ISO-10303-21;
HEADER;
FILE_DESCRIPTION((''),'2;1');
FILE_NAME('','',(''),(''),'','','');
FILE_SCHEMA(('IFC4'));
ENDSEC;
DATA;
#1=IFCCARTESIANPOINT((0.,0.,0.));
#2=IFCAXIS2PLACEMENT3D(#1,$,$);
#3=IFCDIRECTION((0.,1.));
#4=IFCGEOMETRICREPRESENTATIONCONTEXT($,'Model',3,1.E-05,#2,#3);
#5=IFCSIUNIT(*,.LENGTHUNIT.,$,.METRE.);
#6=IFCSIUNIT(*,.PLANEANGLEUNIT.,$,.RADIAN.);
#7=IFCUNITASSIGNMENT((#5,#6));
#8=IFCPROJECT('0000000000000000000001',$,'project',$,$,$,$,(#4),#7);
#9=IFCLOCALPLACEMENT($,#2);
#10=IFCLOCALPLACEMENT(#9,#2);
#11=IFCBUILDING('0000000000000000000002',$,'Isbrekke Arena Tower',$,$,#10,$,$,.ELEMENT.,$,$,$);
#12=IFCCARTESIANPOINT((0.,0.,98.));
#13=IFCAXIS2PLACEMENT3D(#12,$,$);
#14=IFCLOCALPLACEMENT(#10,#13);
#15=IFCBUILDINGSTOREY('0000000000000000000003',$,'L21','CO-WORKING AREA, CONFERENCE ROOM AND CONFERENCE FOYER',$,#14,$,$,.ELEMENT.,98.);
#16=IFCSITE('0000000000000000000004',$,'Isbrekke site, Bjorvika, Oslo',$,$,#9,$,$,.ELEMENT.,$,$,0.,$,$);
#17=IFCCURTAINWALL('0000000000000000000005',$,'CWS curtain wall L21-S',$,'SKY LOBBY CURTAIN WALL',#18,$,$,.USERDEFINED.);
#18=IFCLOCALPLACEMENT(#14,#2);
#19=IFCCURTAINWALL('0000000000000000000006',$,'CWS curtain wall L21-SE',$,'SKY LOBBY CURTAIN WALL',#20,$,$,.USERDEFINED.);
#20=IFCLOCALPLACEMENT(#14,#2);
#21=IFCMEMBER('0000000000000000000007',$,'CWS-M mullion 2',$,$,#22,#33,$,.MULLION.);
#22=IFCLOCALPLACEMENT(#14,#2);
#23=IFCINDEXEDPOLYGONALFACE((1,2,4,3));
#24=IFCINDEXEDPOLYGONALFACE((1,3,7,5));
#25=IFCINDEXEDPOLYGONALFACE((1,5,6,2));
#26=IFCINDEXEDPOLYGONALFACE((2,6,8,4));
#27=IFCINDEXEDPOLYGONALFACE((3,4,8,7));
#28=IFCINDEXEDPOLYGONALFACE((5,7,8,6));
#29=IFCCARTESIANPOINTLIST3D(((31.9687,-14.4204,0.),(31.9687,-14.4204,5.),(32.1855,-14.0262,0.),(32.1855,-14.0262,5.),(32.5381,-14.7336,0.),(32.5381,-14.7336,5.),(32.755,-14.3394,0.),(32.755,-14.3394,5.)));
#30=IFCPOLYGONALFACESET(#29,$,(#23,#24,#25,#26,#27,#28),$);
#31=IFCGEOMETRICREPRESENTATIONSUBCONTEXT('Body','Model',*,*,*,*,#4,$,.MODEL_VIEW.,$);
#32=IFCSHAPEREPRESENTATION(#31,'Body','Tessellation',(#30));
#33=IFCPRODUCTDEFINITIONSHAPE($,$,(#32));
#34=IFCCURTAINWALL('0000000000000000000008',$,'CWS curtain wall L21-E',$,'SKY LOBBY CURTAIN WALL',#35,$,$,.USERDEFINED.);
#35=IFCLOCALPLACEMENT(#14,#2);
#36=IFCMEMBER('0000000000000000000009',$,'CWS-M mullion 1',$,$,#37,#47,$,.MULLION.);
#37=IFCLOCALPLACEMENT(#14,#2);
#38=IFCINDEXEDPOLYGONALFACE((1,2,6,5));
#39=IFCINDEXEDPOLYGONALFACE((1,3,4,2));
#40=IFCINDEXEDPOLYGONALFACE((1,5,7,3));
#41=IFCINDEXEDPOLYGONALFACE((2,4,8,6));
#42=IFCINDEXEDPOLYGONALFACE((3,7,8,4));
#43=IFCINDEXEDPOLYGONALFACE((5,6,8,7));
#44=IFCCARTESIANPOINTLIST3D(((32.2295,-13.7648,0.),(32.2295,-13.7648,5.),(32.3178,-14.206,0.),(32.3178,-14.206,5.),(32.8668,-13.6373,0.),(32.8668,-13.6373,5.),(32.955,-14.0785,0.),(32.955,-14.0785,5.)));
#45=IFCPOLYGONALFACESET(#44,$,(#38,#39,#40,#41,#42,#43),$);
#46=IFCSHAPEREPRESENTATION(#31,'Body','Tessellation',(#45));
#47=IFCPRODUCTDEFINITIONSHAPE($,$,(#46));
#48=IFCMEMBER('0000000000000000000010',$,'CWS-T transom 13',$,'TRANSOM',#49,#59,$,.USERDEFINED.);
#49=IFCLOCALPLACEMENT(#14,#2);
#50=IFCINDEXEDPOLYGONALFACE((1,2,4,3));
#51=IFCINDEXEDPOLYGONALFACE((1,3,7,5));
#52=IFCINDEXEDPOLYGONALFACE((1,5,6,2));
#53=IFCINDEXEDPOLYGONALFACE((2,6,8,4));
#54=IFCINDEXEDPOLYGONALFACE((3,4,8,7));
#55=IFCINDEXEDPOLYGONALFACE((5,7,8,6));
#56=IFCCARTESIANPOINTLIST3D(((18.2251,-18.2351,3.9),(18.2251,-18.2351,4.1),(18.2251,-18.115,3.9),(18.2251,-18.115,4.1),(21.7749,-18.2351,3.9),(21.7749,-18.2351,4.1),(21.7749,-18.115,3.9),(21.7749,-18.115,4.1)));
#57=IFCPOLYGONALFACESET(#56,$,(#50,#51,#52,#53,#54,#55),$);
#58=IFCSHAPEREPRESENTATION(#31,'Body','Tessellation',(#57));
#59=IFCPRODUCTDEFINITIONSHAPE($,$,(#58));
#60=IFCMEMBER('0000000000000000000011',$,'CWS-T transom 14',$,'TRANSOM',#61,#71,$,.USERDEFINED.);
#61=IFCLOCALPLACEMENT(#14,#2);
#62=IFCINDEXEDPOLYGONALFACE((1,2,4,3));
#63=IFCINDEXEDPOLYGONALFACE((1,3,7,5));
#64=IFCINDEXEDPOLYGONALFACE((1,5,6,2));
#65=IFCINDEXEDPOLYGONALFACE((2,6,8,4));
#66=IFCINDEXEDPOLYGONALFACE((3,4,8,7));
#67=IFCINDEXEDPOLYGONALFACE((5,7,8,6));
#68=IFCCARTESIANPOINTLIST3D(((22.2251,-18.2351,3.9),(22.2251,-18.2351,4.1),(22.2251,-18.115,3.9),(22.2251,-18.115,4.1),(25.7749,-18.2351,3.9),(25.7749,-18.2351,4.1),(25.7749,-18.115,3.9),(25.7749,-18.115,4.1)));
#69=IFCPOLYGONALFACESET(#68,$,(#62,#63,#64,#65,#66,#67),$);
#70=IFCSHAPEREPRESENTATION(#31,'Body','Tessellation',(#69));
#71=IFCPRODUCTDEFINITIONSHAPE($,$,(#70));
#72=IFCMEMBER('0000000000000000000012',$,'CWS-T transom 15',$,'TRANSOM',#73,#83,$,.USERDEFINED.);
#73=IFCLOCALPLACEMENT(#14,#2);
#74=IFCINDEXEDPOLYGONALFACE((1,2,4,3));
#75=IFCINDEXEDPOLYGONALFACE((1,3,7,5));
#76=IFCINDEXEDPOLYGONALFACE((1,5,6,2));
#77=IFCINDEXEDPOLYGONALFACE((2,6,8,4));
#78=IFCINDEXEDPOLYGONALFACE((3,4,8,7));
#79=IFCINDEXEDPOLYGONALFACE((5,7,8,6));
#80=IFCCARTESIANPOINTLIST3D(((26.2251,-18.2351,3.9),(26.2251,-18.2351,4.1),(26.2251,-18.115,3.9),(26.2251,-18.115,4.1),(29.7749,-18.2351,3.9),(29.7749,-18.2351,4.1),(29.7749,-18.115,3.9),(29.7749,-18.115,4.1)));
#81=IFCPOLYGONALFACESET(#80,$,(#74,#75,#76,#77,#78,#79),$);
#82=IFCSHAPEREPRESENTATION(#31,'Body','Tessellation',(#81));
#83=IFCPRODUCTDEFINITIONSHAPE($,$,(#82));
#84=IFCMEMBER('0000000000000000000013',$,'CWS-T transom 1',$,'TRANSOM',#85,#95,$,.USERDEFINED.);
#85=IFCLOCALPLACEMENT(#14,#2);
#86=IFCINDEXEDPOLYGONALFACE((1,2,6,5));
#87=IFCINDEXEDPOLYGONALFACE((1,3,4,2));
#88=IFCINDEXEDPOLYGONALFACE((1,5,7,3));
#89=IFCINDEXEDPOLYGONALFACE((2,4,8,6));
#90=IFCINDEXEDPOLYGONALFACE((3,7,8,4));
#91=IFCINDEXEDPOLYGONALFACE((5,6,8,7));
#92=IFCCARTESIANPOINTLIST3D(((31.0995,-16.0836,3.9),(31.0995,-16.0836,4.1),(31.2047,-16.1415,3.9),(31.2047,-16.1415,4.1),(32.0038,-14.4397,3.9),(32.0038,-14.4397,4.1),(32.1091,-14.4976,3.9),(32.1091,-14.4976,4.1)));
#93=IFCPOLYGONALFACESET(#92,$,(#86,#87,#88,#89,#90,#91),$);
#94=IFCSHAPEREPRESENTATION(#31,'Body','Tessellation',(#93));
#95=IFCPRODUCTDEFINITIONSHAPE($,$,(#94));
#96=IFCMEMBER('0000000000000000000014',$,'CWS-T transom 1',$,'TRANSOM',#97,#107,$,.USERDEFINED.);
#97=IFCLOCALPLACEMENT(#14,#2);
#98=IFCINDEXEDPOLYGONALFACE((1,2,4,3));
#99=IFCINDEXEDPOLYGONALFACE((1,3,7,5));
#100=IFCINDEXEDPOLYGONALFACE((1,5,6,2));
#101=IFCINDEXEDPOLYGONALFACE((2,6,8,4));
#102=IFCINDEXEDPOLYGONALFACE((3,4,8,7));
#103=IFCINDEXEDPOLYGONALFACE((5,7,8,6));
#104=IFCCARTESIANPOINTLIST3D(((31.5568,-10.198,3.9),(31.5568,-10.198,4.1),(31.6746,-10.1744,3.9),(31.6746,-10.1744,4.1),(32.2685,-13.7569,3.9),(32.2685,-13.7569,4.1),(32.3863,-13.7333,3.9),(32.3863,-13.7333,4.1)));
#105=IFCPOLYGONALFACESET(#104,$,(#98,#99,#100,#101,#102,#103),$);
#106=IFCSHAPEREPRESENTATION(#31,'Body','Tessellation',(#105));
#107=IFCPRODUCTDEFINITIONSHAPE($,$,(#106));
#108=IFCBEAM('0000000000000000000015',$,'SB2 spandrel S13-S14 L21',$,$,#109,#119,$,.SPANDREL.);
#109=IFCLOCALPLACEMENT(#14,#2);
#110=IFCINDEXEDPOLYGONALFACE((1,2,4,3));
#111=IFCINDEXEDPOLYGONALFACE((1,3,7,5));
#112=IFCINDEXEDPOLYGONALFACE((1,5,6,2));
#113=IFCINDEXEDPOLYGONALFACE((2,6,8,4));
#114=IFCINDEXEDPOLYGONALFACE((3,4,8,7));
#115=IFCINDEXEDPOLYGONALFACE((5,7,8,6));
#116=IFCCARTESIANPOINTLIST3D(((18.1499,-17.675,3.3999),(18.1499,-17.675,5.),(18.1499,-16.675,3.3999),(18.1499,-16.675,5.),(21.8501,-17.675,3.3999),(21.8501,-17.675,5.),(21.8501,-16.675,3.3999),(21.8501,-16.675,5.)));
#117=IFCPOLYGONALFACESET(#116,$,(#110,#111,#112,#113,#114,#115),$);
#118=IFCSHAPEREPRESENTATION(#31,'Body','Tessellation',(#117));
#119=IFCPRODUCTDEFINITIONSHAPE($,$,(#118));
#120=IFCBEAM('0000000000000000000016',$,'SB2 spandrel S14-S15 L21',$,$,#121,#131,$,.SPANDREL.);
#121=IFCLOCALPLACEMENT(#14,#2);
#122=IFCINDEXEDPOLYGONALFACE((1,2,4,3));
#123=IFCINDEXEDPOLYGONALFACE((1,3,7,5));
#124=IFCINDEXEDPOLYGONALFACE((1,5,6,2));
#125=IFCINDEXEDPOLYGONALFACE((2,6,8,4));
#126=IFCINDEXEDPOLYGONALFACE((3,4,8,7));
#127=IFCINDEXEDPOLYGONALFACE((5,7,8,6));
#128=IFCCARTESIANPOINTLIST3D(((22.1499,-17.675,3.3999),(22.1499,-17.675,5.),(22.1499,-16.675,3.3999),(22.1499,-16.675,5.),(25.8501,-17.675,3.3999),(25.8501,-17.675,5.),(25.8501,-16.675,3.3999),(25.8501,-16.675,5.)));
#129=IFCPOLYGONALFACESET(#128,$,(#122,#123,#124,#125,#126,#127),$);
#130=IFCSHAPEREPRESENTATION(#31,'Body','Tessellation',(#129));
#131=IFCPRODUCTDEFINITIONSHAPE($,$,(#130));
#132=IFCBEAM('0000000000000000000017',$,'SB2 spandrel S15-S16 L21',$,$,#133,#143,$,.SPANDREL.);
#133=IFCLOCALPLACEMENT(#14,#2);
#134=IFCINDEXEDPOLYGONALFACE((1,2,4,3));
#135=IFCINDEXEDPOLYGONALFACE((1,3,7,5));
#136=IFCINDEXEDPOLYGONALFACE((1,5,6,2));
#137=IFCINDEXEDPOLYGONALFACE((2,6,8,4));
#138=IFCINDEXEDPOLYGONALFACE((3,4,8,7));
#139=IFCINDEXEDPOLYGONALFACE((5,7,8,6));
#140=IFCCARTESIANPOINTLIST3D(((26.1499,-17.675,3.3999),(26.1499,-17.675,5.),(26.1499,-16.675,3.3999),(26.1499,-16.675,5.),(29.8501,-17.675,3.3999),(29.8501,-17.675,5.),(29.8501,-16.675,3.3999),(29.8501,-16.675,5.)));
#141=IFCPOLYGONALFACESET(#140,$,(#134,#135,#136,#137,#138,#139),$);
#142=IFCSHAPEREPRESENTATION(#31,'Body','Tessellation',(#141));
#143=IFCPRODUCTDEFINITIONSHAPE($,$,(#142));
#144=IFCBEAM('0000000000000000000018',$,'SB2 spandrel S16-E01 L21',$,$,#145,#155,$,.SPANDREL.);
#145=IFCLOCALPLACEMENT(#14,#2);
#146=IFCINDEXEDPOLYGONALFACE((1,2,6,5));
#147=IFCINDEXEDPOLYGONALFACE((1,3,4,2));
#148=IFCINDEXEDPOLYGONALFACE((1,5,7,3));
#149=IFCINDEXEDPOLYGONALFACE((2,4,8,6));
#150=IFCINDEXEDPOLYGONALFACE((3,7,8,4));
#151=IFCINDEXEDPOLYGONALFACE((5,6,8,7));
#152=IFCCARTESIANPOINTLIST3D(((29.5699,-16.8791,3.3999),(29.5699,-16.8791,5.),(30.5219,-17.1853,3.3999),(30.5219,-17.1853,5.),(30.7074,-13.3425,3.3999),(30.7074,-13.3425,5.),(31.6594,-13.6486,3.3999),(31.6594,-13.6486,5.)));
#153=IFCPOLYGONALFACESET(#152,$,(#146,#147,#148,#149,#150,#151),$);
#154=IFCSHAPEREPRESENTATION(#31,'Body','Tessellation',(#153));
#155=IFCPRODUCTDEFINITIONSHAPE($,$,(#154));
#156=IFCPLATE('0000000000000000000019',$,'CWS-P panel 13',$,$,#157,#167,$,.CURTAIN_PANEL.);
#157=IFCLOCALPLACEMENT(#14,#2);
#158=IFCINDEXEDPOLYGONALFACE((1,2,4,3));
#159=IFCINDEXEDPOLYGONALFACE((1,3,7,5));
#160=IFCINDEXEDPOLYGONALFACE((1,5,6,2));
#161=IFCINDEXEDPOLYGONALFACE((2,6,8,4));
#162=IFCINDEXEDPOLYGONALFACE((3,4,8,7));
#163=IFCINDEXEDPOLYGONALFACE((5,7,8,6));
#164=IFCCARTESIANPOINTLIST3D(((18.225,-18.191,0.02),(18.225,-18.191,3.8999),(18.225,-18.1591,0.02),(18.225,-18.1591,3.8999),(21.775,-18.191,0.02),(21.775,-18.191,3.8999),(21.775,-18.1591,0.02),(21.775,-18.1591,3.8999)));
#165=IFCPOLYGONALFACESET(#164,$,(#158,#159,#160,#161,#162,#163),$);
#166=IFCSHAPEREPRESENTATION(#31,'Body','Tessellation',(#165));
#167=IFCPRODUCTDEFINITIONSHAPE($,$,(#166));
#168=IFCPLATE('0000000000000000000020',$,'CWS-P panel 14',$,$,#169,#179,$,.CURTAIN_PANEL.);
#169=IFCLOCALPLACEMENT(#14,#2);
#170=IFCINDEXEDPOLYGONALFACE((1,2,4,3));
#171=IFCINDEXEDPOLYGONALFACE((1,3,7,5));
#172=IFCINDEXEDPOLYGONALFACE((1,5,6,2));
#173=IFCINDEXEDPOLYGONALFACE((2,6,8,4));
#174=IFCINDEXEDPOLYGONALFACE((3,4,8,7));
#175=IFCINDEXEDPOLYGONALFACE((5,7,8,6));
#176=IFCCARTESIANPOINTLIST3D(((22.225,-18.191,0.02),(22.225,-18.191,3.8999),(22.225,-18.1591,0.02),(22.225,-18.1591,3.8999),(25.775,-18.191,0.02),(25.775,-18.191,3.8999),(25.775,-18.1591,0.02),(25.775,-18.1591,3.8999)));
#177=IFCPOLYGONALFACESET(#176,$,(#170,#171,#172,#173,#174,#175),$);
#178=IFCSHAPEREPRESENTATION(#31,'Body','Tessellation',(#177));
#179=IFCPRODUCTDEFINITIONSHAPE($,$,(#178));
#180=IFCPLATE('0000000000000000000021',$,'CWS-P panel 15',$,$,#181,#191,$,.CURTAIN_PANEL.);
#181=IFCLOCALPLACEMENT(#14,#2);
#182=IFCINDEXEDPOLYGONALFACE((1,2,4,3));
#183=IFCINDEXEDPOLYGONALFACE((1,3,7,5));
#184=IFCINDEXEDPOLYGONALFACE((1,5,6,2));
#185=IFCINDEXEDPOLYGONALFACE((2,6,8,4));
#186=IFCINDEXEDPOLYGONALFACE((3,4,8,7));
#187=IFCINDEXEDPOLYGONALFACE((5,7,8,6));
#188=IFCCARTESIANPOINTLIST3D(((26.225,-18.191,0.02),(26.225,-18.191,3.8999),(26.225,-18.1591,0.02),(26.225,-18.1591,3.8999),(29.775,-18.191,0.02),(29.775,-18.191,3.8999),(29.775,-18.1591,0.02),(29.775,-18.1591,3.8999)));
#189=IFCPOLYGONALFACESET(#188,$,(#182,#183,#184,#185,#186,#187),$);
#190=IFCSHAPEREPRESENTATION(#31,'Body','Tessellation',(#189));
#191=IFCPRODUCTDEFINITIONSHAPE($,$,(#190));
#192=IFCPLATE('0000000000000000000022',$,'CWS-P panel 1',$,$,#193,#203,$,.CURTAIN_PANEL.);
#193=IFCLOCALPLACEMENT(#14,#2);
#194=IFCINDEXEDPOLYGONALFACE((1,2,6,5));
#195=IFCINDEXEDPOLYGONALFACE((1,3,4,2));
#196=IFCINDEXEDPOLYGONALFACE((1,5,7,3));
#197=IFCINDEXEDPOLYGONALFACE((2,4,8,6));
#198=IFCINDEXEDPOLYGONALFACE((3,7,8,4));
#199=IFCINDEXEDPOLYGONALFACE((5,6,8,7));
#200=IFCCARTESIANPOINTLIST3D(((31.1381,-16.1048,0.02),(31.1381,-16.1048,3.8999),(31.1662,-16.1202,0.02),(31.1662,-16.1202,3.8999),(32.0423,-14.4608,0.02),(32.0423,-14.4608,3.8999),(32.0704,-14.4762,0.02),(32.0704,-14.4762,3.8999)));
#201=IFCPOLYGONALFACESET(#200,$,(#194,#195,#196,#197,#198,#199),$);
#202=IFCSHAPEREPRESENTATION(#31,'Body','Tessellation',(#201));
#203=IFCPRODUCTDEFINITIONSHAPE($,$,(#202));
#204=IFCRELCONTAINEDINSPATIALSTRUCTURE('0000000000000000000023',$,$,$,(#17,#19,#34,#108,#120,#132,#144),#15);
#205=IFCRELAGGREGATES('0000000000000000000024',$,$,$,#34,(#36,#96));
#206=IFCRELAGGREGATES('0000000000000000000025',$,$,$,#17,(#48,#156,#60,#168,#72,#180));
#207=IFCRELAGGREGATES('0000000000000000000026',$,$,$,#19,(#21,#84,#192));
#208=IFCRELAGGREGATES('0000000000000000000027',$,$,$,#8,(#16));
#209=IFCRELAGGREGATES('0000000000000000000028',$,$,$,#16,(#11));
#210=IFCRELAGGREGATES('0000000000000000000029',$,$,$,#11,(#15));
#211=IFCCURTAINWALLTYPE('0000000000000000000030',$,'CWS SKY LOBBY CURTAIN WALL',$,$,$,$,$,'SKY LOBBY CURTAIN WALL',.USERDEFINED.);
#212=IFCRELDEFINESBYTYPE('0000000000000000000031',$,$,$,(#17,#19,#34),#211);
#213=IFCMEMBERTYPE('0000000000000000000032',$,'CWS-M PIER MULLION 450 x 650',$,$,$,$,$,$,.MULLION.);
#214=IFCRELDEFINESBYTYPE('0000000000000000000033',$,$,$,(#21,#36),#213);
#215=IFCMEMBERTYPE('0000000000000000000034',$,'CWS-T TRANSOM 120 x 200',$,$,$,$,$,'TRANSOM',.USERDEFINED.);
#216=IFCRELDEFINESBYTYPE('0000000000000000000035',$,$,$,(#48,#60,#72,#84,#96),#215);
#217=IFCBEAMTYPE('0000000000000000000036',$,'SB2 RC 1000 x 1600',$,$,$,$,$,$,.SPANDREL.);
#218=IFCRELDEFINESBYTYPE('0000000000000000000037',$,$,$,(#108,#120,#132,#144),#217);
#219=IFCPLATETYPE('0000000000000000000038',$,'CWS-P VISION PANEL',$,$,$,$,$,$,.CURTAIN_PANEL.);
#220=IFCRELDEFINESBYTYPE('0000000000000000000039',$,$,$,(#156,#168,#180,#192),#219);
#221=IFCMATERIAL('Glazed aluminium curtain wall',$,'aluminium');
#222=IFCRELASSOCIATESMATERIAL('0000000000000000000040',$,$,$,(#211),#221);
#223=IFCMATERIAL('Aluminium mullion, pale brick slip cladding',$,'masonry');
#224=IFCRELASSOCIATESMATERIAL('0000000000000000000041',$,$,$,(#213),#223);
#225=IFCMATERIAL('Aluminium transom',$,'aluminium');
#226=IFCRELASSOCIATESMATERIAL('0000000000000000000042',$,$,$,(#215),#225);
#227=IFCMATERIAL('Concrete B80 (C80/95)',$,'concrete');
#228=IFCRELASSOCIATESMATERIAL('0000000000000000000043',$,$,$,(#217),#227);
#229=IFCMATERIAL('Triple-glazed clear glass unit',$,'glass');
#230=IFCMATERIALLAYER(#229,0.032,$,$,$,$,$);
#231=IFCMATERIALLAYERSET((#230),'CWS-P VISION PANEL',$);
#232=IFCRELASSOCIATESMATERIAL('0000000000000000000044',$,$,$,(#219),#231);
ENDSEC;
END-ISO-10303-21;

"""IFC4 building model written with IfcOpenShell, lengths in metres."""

from ifc_helpers import new_model, si_unit, direction, frame, origin, origin_2d, place, context, subcontext, project, spatial, rectangle, extrude, material, layer, layer_set, material_profile, profile_set, type_object, element, aggregate, save


model = new_model("IFC4")

# Units and contexts
model_context = context("Model", 3, precision=1e-05, world=origin(), true_north=direction((0.0, 1.0)))
body_context = subcontext(model_context, "Body", "Model", "MODEL_VIEW")
ifc_project = project(units=[si_unit("LENGTHUNIT", "METRE"), si_unit("PLANEANGLEUNIT", "RADIAN")], contexts=[model_context])

# Site, building, storey
site_placement = place(None, origin())
site = spatial("IfcSite", under=ifc_project, at=site_placement, Name="Isbrekke site, Bjorvika, Oslo", CompositionType="ELEMENT", RefElevation=0.0)
building_placement = place(site_placement, origin())
building = spatial("IfcBuilding", under=site, at=building_placement, Name="Isbrekke Arena Tower", CompositionType="ELEMENT")
storey_placement = place(building_placement, frame((0.0, 0.0, 98.0)))
storey = spatial("IfcBuildingStorey", under=building, at=storey_placement, Name="L21", Description="CO-WORKING AREA, CONFERENCE ROOM AND CONFERENCE FOYER", CompositionType="ELEMENT", Elevation=98.0)

# Curtain walls, member
ifc_material_1 = material(Name="Glazed aluminium curtain wall", Category="aluminium")
curtain_wall_type = type_object("IfcCurtainWallType", Name="CWS SKY LOBBY CURTAIN WALL", ElementType="SKY LOBBY CURTAIN WALL", PredefinedType="USERDEFINED", material=ifc_material_1)
curtain_wall_1_placement = place(storey_placement, origin())
curtain_wall_1 = element("IfcCurtainWall", 1, at=curtain_wall_1_placement, inside=storey, type_object=curtain_wall_type, Name="CWS curtain wall L21-S", ObjectType="SKY LOBBY CURTAIN WALL", PredefinedType="USERDEFINED")
ifc_material_2 = material(Name="Aluminium mullion, pale brick slip cladding", Category="masonry")
ifc_material_profile_1 = material_profile(ifc_material_2, rectangle(XDim=0.45, YDim=0.6499, at=origin_2d()), Name="PIER 450X650")
ifc_profile_set_1 = profile_set([ifc_material_profile_1], Name="Aluminium mullion, pale brick slip cladding")
member_type_1 = type_object("IfcMemberType", Name="CWS-M PIER MULLION 450 x 650", PredefinedType="MULLION", material=ifc_profile_set_1)
curtain_wall_2_placement = place(storey_placement, origin())
curtain_wall_2 = element("IfcCurtainWall", 2, at=curtain_wall_2_placement, inside=storey, type_object=curtain_wall_type, Name="CWS curtain wall L21-SE", ObjectType="SKY LOBBY CURTAIN WALL", PredefinedType="USERDEFINED")
member_1_placement = place(storey_placement, frame((32.3618, -14.3799, 0.0), z_axis=(0.0, 0.0, 1.0), x_axis=(0.481919, 0.876216, 0.0)))
member_1 = element("IfcMember", 3, at=member_1_placement, type_object=member_type_1, Name="CWS-M mullion 2", PredefinedType="MULLION", context=body_context, shape_type="SweptSolid", body=[
    extrude(rectangle(XDim=0.45, YDim=0.6499, at=origin_2d()), origin(), (0.0, 0.0, 1.0), 5.0),
])

# Curtain wall, member
curtain_wall_3_placement = place(storey_placement, origin())
curtain_wall_3 = element("IfcCurtainWall", 4, at=curtain_wall_3_placement, inside=storey, type_object=curtain_wall_type, Name="CWS curtain wall L21-E", ObjectType="SKY LOBBY CURTAIN WALL", PredefinedType="USERDEFINED")
member_2_placement = place(storey_placement, frame((32.5923, -13.9216, 0.0), z_axis=(0.0, 0.0, 1.0), x_axis=(-0.196116, 0.980581, 0.0)))
member_2 = element("IfcMember", 5, at=member_2_placement, type_object=member_type_1, Name="CWS-M mullion 1", PredefinedType="MULLION", context=body_context, shape_type="SweptSolid", body=[
    extrude(rectangle(XDim=0.45, YDim=0.6499, at=origin_2d()), origin(), (0.0, 0.0, 1.0), 5.0),
])

# Members
ifc_material_3 = material(Name="Aluminium transom", Category="aluminium")
ifc_material_profile_2 = material_profile(ifc_material_3, rectangle(XDim=0.1201, YDim=0.2, at=origin_2d()), Name="TRANSOM 120X200")
ifc_profile_set_2 = profile_set([ifc_material_profile_2], Name="Aluminium transom")
member_type_2 = type_object("IfcMemberType", Name="CWS-T TRANSOM 120 x 200", ElementType="TRANSOM", PredefinedType="USERDEFINED", material=ifc_profile_set_2)
member_3_placement = place(storey_placement, frame((18.2251, -18.175, 4.0), z_axis=(1.0, 0.0, 0.0), x_axis=(0.0, 1.0, 0.0)))
member_3 = element("IfcMember", 6, at=member_3_placement, type_object=member_type_2, Name="CWS-T transom 13", ObjectType="TRANSOM", PredefinedType="USERDEFINED", context=body_context, shape_type="SweptSolid", body=[
    extrude(rectangle(XDim=0.1201, YDim=0.2, at=origin_2d()), origin(), (0.0, 0.0, 1.0), 3.5498),
])
member_4_placement = place(storey_placement, frame((22.2251, -18.175, 4.0), z_axis=(1.0, 0.0, 0.0), x_axis=(0.0, 1.0, 0.0)))
member_4 = element("IfcMember", 7, at=member_4_placement, type_object=member_type_2, Name="CWS-T transom 14", ObjectType="TRANSOM", PredefinedType="USERDEFINED", context=body_context, shape_type="SweptSolid", body=[
    extrude(rectangle(XDim=0.1201, YDim=0.2, at=origin_2d()), origin(), (0.0, 0.0, 1.0), 3.5498),
])
member_5_placement = place(storey_placement, frame((26.2251, -18.175, 4.0), z_axis=(1.0, 0.0, 0.0), x_axis=(0.0, 1.0, 0.0)))
member_5 = element("IfcMember", 8, at=member_5_placement, type_object=member_type_2, Name="CWS-T transom 15", ObjectType="TRANSOM", PredefinedType="USERDEFINED", context=body_context, shape_type="SweptSolid", body=[
    extrude(rectangle(XDim=0.1201, YDim=0.2, at=origin_2d()), origin(), (0.0, 0.0, 1.0), 3.5498),
])
member_6_placement = place(storey_placement, frame((31.1521, -16.1125, 4.0), z_axis=(0.482004, 0.876169, 0.0), x_axis=(-0.876169, 0.482004, 0.0)))
member_6 = element("IfcMember", 9, at=member_6_placement, type_object=member_type_2, Name="CWS-T transom 1", ObjectType="TRANSOM", PredefinedType="USERDEFINED", context=body_context, shape_type="SweptSolid", body=[
    extrude(rectangle(XDim=0.1201, YDim=0.2, at=origin_2d()), origin(), (0.0, 0.0, 1.0), 1.8762),
])
member_7_placement = place(storey_placement, frame((32.3274, -13.7451, 4.0), z_axis=(-0.19609, 0.980586, 0.0), x_axis=(-0.980586, -0.19609, 0.0)))
member_7 = element("IfcMember", 10, at=member_7_placement, type_object=member_type_2, Name="CWS-T transom 1", ObjectType="TRANSOM", PredefinedType="USERDEFINED", context=body_context, shape_type="SweptSolid", body=[
    extrude(rectangle(XDim=0.1201, YDim=0.2, at=origin_2d()), origin(), (0.0, 0.0, 1.0), 3.6294),
])
aggregate(curtain_wall_3, [member_2, member_7])

# Beams
ifc_material_4 = material(Name="Concrete B80 (C80/95)", Category="concrete")
ifc_material_profile_3 = material_profile(ifc_material_4, rectangle(XDim=1.0, YDim=1.6001, at=origin_2d()), Name="RC 1000x1600")
ifc_profile_set_3 = profile_set([ifc_material_profile_3], Name="Concrete B80 (C80/95)")
beam_type_1 = type_object("IfcBeamType", Name="SB2 RC 1000 x 1600", PredefinedType="SPANDREL", material=ifc_profile_set_3)
for number, where, z_axis, x_axis, name in (
    (11, (18.1499, -17.175, 4.2), (1.0, 0.0, 0.0), (0.0, 1.0, 0.0), "SB2 spandrel S13-S14 L21"),
    (12, (22.1499, -17.175, 4.2), (1.0, 0.0, 0.0), (0.0, 1.0, 0.0), "SB2 spandrel S14-S15 L21"),
    (13, (26.1499, -17.175, 4.2), (1.0, 0.0, 0.0), (0.0, 1.0, 0.0), "SB2 spandrel S15-S16 L21"),
):
    element("IfcBeam", number, at=place(storey_placement, frame(where, z_axis=z_axis, x_axis=x_axis)), inside=storey, type_object=beam_type_1, Name=name, PredefinedType="SPANDREL", context=body_context, shape_type="SweptSolid", body=[
        extrude(rectangle(XDim=1.0, YDim=1.6001, at=origin_2d()), origin(), (0.0, 0.0, 1.0), 3.7002),
    ])
beam_placement = place(storey_placement, frame((30.0459, -17.0322, 4.2), z_axis=(0.306175, 0.951975, 0.0), x_axis=(-0.951975, 0.306175, 0.0)))
element("IfcBeam", 14, at=beam_placement, inside=storey, type_object=beam_type_1, Name="SB2 spandrel S16-E01 L21", PredefinedType="SPANDREL", context=body_context, shape_type="SweptSolid", body=[
    extrude(rectangle(XDim=1.0, YDim=1.6001, at=origin_2d()), origin(), (0.0, 0.0, 1.0), 3.7151),
])

# Plates
ifc_material_5 = material(Name="Triple-glazed clear glass unit", Category="glass")
ifc_layer_1 = layer(ifc_material_5, 0.032)
ifc_layer_set_1 = layer_set([ifc_layer_1], Name="CWS-P VISION PANEL")
plate_type = type_object("IfcPlateType", Name="CWS-P VISION PANEL", PredefinedType="CURTAIN_PANEL", material=ifc_layer_set_1)
plate_1_placement = place(storey_placement, frame((20.0, -18.175, 0.02), z_axis=(0.0, 0.0, 1.0), x_axis=(1.0, 0.0, 0.0)))
plate_1 = element("IfcPlate", 15, at=plate_1_placement, type_object=plate_type, Name="CWS-P panel 13", PredefinedType="CURTAIN_PANEL", context=body_context, shape_type="SweptSolid", body=[
    extrude(rectangle(XDim=3.55, YDim=0.032, at=origin_2d()), origin(), (0.0, 0.0, 1.0), 3.8799),
])
plate_2_placement = place(storey_placement, frame((24.0, -18.175, 0.02), z_axis=(0.0, 0.0, 1.0), x_axis=(1.0, 0.0, 0.0)))
plate_2 = element("IfcPlate", 16, at=plate_2_placement, type_object=plate_type, Name="CWS-P panel 14", PredefinedType="CURTAIN_PANEL", context=body_context, shape_type="SweptSolid", body=[
    extrude(rectangle(XDim=3.55, YDim=0.032, at=origin_2d()), origin(), (0.0, 0.0, 1.0), 3.8799),
])
plate_3_placement = place(storey_placement, frame((28.0, -18.175, 0.02), z_axis=(0.0, 0.0, 1.0), x_axis=(1.0, 0.0, 0.0)))
plate_3 = element("IfcPlate", 17, at=plate_3_placement, type_object=plate_type, Name="CWS-P panel 15", PredefinedType="CURTAIN_PANEL", context=body_context, shape_type="SweptSolid", body=[
    extrude(rectangle(XDim=3.55, YDim=0.032, at=origin_2d()), origin(), (0.0, 0.0, 1.0), 3.8799),
])
aggregate(curtain_wall_1, [member_3, plate_1, member_4, plate_2, member_5, plate_3])
plate_4_placement = place(storey_placement, frame((31.6042, -15.2905, 0.02), z_axis=(0.0, 0.0, 1.0), x_axis=(0.481919, 0.876216, 0.0)))
plate_4 = element("IfcPlate", 18, at=plate_4_placement, type_object=plate_type, Name="CWS-P panel 1", PredefinedType="CURTAIN_PANEL", context=body_context, shape_type="SweptSolid", body=[
    extrude(rectangle(XDim=1.8762, YDim=0.032, at=origin_2d()), origin(), (0.0, 0.0, 1.0), 3.8799),
])
aggregate(curtain_wall_2, [member_1, member_6, plate_4])

save(model, "model.ifc")
